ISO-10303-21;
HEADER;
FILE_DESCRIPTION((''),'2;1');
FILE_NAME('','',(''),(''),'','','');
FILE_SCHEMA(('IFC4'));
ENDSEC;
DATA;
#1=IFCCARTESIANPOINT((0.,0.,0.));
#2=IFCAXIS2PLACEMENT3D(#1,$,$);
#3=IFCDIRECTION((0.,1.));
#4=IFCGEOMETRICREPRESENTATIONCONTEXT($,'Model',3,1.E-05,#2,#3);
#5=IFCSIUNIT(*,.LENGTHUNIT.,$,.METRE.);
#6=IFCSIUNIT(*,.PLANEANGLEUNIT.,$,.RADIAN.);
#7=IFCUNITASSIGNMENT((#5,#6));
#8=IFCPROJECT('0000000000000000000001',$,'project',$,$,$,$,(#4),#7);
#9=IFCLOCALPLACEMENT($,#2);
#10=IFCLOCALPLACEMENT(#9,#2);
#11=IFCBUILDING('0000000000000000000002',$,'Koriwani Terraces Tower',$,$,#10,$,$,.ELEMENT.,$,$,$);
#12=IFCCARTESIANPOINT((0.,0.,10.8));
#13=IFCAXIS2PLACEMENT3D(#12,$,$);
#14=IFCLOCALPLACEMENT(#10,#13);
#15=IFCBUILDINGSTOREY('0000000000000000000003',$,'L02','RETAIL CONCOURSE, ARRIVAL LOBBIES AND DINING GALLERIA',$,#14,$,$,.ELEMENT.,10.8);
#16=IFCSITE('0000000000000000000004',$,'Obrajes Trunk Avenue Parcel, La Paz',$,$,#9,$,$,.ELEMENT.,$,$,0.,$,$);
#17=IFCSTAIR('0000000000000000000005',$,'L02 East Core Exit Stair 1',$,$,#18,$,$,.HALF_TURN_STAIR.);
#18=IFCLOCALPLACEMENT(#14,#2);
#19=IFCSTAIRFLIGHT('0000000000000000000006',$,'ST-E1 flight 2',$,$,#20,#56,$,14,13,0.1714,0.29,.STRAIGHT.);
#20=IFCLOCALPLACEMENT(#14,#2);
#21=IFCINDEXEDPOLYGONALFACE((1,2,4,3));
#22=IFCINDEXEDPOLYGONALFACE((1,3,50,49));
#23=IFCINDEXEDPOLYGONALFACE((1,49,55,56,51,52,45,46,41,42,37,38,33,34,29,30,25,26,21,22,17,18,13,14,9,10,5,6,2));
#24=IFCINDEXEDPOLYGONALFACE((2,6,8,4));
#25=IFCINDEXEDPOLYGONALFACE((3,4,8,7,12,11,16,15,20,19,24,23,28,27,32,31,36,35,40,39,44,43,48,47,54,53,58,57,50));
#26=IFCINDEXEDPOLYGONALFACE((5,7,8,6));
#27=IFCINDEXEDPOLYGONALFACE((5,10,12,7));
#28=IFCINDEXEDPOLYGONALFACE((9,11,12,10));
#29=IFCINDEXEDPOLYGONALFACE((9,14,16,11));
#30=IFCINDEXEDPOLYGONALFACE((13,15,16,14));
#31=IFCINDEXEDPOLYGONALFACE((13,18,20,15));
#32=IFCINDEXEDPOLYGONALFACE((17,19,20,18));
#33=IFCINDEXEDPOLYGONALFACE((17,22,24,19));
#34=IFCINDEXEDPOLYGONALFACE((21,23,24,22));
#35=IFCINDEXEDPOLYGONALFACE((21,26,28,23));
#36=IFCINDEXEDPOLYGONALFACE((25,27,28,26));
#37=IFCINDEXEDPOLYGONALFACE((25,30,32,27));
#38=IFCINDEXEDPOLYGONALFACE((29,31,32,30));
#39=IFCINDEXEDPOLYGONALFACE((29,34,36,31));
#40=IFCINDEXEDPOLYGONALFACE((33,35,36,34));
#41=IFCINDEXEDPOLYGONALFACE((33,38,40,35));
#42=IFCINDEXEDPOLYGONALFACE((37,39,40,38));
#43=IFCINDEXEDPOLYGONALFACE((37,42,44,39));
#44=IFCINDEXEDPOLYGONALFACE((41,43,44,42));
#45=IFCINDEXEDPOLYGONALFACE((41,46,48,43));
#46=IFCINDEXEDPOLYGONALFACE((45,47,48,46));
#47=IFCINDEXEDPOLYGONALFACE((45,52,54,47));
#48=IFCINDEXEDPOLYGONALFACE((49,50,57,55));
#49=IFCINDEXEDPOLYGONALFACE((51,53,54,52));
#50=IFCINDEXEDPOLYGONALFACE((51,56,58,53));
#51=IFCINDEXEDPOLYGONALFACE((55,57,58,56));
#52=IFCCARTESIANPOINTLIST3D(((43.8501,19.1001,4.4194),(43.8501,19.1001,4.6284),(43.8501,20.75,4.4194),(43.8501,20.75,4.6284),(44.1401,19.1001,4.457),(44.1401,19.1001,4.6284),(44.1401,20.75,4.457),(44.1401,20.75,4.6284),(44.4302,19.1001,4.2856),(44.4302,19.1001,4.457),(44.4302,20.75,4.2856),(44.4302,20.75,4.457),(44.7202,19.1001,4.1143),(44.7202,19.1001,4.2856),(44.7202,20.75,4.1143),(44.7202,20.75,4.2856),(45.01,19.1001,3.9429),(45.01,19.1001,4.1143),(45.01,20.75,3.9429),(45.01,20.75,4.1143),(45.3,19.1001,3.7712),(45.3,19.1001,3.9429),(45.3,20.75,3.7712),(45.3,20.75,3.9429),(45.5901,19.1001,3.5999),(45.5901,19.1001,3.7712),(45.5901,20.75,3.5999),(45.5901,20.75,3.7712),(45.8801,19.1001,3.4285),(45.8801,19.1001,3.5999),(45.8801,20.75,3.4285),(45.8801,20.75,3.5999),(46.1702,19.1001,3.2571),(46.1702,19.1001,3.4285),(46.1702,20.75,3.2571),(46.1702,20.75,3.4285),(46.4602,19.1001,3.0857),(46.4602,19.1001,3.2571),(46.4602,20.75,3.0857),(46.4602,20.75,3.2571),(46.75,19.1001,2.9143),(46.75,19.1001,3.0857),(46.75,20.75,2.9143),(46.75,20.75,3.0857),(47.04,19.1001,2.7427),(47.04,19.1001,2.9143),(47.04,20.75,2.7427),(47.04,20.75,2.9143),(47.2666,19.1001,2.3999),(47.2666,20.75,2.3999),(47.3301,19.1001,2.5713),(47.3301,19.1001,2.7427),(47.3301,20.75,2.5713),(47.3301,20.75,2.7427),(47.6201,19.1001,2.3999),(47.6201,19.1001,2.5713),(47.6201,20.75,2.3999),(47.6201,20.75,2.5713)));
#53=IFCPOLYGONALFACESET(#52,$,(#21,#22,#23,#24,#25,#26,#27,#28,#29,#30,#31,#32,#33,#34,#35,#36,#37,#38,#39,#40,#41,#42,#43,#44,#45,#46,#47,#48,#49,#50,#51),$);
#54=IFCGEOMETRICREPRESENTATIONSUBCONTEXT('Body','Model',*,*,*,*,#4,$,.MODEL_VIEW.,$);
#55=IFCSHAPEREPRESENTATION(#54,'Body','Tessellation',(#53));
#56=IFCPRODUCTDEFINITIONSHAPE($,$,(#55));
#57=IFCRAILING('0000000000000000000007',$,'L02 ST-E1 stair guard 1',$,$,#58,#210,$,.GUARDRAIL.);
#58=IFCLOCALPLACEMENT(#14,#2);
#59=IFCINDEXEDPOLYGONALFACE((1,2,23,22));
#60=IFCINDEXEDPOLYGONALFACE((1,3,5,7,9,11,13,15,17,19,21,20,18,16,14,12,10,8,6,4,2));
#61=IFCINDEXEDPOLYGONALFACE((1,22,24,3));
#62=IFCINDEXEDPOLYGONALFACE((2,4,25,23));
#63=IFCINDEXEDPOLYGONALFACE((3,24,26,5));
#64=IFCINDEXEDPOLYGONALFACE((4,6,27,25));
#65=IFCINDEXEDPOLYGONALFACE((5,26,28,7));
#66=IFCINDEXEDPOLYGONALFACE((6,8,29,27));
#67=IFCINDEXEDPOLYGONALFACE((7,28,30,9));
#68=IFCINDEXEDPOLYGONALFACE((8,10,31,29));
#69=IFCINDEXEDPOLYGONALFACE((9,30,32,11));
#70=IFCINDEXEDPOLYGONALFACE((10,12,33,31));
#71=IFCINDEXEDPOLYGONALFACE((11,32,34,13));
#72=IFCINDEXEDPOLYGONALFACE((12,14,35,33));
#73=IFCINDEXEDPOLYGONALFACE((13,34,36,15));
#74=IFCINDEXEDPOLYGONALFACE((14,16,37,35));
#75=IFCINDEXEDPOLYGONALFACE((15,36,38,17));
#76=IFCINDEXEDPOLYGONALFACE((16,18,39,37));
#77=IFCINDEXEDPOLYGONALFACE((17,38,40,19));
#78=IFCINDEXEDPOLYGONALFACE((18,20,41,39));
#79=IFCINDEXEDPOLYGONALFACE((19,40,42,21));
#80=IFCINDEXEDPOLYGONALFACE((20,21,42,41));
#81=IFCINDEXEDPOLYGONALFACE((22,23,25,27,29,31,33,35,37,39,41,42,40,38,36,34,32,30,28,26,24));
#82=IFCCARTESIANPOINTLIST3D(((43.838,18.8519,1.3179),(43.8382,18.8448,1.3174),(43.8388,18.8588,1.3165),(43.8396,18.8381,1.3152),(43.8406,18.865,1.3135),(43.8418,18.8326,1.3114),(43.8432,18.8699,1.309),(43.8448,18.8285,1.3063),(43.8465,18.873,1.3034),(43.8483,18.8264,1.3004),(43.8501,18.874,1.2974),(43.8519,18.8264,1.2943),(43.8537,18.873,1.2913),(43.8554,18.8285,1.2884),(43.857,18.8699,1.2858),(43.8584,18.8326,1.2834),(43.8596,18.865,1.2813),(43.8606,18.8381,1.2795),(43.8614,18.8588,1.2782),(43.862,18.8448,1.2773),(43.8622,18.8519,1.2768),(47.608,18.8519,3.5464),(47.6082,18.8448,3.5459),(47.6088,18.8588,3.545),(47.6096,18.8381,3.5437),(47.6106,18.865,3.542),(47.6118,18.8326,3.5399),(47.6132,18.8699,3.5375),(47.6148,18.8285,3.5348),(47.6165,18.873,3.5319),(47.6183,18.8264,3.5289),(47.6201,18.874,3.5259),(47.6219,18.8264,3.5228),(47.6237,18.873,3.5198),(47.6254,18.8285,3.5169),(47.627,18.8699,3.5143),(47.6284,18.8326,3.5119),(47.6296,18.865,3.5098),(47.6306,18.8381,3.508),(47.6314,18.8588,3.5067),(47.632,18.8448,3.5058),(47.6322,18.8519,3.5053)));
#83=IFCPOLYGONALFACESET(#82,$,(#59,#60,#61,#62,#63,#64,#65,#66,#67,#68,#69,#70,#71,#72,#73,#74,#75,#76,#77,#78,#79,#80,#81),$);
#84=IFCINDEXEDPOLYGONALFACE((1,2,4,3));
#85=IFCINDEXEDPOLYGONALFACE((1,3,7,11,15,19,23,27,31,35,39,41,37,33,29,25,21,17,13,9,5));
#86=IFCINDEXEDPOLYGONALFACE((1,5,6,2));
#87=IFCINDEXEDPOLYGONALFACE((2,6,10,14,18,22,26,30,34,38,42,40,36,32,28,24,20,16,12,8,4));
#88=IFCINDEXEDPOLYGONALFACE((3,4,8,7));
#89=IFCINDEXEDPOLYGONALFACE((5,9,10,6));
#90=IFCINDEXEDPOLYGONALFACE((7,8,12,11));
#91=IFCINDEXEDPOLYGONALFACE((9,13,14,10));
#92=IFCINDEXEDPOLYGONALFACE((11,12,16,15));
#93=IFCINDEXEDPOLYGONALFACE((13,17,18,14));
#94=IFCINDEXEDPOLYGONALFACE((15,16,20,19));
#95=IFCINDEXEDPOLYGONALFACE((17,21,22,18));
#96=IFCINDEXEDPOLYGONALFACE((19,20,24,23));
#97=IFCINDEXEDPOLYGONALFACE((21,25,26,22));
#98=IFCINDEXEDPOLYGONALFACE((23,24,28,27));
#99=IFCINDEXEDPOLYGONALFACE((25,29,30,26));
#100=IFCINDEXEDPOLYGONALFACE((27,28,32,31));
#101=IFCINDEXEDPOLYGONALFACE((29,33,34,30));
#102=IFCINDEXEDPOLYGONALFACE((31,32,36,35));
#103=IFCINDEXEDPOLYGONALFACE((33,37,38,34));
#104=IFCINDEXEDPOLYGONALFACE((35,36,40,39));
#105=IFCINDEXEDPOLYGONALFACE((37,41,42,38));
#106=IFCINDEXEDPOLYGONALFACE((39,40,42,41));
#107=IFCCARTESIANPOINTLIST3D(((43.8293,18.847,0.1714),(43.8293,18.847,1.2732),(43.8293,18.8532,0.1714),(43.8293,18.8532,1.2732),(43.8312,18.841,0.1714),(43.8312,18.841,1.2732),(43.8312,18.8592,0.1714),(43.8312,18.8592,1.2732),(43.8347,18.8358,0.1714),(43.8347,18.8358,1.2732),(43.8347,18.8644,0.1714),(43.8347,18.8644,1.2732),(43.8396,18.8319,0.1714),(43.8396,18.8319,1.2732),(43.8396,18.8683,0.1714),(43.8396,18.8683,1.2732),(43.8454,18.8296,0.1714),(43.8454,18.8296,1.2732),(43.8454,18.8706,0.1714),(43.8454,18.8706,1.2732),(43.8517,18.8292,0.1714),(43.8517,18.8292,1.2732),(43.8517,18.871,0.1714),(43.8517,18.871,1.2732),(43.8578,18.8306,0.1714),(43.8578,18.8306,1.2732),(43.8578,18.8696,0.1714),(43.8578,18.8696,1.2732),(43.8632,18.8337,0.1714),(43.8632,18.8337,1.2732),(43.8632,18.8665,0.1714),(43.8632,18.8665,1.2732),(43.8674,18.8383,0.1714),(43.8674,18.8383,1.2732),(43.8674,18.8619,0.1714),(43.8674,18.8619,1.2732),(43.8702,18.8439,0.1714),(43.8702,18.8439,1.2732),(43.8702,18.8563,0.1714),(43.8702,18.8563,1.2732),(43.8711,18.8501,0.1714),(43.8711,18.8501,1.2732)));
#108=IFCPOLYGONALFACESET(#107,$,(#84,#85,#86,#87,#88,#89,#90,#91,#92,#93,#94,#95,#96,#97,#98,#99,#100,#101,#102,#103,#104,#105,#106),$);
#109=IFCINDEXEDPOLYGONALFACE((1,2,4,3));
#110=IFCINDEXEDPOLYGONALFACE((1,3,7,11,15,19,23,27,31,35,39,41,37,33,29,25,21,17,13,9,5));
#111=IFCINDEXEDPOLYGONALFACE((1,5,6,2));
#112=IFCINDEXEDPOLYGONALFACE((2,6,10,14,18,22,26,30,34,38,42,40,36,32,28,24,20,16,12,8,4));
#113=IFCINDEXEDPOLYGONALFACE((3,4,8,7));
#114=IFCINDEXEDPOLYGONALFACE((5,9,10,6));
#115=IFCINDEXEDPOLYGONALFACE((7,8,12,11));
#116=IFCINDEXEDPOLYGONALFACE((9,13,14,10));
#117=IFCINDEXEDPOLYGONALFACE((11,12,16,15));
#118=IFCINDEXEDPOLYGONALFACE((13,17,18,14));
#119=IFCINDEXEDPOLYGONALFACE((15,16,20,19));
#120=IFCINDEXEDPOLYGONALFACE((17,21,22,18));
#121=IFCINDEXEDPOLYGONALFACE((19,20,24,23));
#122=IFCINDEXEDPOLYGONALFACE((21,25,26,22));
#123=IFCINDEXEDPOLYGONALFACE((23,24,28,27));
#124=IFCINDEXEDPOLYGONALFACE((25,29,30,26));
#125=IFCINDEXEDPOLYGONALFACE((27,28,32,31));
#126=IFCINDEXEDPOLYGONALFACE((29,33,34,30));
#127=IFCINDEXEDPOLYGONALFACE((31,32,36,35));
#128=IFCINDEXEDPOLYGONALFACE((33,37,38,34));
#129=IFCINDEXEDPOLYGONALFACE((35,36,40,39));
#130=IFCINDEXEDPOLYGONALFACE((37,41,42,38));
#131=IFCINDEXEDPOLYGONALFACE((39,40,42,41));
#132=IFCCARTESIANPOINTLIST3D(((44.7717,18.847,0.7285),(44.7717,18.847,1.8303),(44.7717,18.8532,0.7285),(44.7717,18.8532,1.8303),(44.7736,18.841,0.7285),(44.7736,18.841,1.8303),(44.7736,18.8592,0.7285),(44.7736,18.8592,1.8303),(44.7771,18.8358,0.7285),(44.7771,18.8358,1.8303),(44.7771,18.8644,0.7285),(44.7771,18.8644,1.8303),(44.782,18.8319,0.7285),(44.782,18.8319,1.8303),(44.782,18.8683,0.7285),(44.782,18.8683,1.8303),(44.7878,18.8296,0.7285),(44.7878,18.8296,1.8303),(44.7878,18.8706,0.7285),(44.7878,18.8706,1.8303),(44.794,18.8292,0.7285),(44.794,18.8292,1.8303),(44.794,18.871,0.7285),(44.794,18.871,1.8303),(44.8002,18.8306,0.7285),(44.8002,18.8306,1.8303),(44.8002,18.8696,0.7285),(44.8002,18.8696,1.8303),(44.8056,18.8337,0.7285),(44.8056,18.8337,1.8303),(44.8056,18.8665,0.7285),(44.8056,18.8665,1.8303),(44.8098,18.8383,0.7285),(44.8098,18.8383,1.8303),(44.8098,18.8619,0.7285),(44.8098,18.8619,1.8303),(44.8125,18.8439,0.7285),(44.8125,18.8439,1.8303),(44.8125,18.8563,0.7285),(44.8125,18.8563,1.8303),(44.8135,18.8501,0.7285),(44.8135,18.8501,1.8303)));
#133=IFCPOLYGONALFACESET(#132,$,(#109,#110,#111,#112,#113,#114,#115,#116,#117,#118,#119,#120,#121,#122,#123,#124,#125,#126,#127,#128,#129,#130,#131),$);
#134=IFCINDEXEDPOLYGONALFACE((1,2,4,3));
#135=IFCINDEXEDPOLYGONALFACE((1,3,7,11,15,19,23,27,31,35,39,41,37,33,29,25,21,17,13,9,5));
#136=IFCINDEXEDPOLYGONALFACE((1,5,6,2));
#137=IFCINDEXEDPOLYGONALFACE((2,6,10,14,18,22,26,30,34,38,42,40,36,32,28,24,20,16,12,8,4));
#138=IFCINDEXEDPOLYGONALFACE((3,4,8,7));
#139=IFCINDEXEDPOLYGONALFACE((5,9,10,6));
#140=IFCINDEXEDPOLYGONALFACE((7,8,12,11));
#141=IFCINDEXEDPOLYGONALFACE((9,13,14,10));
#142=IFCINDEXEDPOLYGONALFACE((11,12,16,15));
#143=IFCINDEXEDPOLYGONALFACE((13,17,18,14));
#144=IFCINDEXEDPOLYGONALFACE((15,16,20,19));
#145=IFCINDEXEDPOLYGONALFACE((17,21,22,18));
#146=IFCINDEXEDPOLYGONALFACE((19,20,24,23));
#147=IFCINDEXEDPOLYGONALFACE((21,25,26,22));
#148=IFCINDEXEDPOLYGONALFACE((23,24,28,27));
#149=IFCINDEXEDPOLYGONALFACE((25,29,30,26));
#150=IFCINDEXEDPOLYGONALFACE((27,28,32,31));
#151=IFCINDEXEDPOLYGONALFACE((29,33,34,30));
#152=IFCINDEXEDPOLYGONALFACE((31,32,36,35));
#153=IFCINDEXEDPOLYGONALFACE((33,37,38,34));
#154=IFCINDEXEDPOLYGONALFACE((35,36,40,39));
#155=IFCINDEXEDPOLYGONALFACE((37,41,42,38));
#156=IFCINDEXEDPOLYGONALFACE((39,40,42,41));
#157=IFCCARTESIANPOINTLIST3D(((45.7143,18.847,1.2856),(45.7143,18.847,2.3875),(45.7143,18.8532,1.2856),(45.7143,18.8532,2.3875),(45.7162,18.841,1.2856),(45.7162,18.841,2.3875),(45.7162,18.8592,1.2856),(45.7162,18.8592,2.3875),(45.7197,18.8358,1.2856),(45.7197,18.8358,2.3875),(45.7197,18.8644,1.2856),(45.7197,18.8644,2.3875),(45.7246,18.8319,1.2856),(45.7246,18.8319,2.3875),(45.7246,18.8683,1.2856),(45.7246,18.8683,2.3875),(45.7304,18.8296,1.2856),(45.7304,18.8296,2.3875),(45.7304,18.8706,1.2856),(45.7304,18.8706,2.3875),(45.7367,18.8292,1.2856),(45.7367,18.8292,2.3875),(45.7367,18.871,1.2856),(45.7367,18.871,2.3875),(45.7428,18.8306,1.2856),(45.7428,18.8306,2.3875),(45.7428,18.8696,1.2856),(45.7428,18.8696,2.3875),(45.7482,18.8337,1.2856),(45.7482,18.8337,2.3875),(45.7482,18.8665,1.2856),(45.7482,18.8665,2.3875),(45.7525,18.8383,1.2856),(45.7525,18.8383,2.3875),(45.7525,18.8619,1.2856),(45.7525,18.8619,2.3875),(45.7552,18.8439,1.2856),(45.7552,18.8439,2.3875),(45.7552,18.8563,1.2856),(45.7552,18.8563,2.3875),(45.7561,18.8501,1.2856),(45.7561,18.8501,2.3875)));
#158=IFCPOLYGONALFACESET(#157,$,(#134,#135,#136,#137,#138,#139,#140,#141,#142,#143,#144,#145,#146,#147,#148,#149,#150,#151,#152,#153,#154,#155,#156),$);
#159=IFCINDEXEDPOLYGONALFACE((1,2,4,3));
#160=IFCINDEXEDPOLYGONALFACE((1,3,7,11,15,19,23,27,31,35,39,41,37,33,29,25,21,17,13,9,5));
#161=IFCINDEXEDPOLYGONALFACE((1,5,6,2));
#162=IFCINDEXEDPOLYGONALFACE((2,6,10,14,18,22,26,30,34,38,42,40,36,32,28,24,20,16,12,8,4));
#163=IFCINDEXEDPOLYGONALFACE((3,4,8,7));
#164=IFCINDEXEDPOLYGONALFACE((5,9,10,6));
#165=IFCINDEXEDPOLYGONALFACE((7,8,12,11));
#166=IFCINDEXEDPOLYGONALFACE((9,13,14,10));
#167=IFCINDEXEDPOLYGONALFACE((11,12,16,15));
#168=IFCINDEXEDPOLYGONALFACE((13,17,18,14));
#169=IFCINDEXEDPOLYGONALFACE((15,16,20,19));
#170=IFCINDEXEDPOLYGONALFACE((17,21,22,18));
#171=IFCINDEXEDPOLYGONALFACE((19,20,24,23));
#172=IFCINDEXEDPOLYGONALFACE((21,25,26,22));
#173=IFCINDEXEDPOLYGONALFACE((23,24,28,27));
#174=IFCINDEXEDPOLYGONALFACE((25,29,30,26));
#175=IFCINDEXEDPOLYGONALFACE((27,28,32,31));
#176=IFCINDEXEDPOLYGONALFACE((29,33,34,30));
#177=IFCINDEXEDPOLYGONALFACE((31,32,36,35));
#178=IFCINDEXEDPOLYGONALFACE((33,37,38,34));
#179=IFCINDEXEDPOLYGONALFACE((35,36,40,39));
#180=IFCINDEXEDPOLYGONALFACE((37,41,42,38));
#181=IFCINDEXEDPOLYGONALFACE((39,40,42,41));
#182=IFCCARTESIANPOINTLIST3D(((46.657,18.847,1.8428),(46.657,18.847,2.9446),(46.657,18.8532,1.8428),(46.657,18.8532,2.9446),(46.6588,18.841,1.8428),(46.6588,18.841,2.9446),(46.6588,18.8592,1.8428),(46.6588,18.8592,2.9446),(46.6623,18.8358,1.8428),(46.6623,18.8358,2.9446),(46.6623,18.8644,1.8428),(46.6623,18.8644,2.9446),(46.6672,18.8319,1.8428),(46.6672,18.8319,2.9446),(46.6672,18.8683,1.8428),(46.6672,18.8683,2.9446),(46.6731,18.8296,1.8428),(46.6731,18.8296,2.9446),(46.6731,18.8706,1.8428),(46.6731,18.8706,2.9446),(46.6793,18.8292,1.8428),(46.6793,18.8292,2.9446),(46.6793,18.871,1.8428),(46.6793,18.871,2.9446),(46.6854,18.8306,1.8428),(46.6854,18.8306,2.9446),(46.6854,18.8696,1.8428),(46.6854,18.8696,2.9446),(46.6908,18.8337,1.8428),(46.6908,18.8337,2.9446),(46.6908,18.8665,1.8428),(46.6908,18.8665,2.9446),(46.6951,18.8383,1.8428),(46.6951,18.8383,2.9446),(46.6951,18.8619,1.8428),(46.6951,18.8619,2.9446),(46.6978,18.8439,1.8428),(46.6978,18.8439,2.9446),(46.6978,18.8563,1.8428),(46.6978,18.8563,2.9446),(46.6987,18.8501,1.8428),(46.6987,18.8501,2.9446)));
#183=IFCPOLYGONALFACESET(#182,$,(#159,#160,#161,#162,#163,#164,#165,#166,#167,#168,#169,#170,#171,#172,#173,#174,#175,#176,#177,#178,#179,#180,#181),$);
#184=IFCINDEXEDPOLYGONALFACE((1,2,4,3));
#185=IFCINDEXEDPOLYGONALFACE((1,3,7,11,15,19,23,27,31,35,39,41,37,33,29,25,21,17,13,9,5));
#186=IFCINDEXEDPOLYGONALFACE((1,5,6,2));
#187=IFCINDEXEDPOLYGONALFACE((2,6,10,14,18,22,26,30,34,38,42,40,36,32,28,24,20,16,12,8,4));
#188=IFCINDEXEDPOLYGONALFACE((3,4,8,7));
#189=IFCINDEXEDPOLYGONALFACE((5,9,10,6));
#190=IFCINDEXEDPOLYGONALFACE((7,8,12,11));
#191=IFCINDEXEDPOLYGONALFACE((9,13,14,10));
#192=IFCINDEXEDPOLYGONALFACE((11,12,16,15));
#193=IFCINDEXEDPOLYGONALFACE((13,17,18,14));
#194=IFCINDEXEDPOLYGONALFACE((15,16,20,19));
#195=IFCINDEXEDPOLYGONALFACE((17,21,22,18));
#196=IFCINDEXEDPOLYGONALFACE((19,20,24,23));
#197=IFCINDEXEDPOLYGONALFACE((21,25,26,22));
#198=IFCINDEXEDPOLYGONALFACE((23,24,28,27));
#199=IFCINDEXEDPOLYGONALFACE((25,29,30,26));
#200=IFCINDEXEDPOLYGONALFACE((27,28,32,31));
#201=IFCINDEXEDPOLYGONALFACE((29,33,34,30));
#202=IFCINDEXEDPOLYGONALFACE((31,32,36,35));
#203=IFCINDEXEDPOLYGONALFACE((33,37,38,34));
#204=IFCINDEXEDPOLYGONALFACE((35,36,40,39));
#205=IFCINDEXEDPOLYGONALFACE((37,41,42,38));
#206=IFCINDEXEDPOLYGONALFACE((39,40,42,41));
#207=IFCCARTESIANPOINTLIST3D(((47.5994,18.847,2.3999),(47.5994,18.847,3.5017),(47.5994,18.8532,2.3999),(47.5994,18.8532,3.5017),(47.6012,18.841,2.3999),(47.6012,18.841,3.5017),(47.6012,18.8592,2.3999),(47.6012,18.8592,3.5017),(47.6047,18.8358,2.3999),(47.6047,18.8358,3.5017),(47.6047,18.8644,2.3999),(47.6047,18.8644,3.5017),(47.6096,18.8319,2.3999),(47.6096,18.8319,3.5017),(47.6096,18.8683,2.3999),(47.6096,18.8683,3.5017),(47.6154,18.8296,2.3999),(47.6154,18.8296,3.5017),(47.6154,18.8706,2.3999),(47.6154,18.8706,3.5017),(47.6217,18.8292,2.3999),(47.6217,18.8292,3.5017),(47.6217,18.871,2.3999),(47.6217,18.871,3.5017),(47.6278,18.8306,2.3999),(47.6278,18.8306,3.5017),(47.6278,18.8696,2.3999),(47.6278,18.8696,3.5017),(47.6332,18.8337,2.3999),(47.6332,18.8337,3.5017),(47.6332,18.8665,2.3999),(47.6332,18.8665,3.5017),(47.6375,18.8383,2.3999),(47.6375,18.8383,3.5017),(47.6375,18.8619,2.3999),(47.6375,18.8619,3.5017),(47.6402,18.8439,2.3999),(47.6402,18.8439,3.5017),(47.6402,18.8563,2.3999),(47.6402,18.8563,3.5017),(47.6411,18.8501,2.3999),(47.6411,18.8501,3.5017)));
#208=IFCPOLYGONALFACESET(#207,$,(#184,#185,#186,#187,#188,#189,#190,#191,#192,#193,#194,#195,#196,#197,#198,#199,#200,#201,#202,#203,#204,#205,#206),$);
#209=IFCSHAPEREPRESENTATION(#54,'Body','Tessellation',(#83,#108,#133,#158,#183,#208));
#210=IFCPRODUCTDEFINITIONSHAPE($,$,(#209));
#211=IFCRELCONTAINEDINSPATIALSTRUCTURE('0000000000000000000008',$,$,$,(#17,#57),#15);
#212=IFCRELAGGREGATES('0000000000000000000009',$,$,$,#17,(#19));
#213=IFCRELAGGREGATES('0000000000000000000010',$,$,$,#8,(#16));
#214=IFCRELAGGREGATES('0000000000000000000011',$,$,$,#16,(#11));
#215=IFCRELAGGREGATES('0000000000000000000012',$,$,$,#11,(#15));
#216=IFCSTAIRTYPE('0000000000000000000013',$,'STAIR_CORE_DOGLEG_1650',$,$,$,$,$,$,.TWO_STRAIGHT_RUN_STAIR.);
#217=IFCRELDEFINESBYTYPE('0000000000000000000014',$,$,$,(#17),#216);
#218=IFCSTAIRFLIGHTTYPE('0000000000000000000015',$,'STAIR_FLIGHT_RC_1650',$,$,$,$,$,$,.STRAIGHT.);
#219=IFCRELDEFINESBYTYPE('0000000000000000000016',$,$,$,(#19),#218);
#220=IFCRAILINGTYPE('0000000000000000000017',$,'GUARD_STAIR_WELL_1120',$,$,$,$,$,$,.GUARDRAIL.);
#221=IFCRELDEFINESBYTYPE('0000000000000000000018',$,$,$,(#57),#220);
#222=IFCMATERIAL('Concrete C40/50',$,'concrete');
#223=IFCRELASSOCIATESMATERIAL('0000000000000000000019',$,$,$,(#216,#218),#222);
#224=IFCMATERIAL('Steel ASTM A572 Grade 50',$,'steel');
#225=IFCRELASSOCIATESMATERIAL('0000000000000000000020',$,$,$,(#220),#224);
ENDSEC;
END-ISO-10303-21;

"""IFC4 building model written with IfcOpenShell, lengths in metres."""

from ifc_helpers import new_model, si_unit, direction, frame, origin, origin_2d, place, context, subcontext, project, spatial, polyline, circle, outline, extrude, material, type_object, element, aggregate, save


model = new_model("IFC4")

# Units and contexts
model_context = context("Model", 3, precision=1e-05, world=origin(), true_north=direction((0.0, 1.0)))
body_context = subcontext(model_context, "Body", "Model", "MODEL_VIEW")
ifc_project = project(units=[si_unit("LENGTHUNIT", "METRE"), si_unit("PLANEANGLEUNIT", "RADIAN")], contexts=[model_context])

# Site, building, storey
site_placement = place(None, origin())
site = spatial("IfcSite", under=ifc_project, at=site_placement, Name="Obrajes Trunk Avenue Parcel, La Paz", CompositionType="ELEMENT", RefElevation=0.0)
building_placement = place(site_placement, origin())
building = spatial("IfcBuilding", under=site, at=building_placement, Name="Koriwani Terraces Tower", CompositionType="ELEMENT")
storey_placement = place(building_placement, frame((0.0, 0.0, 10.8)))
storey = spatial("IfcBuildingStorey", under=building, at=storey_placement, Name="L02", Description="RETAIL CONCOURSE, ARRIVAL LOBBIES AND DINING GALLERIA", CompositionType="ELEMENT", Elevation=10.8)

# Shared definitions
ifc_material_1 = material(Name="Concrete C40/50", Category="concrete")
ifc_material_2 = material(Name="Steel ASTM A572 Grade 50", Category="steel")

# Stair, stair flight
stair_type = type_object("IfcStairType", Name="STAIR_CORE_DOGLEG_1650", PredefinedType="TWO_STRAIGHT_RUN_STAIR", material=ifc_material_1)
stair_placement = place(storey_placement, origin())
stair = element("IfcStair", 1, at=stair_placement, inside=storey, type_object=stair_type, Name="L02 East Core Exit Stair 1", PredefinedType="HALF_TURN_STAIR")
stair_flight_type = type_object("IfcStairFlightType", Name="STAIR_FLIGHT_RC_1650", PredefinedType="STRAIGHT", material=ifc_material_1)
stair_flight_1_placement = place(storey_placement, frame((47.6201, 19.925, 2.3999), z_axis=(0.0, 0.0, 1.0), x_axis=(-1.0, 0.0, 0.0)))
stair_flight_1 = element("IfcStairFlight", 2, at=stair_flight_1_placement, type_object=stair_flight_type, Name="ST-E1 flight 2", NumberOfRisers=14, NumberOfTreads=13, PredefinedType="STRAIGHT", RiserHeight=0.1714, TreadLength=0.29, context=body_context, shape_type="SweptSolid", body=[
    extrude(outline(polyline([(0.0, 0.0), (0.0, 0.1714), (0.29, 0.1714), (0.29, 0.3428), (0.5801, 0.3428), (0.5801, 0.5144), (0.8701, 0.5144), (0.8701, 0.6858), (1.1599, 0.6858), (1.1599, 0.8572), (1.45, 0.8572), (1.45, 1.0286), (1.74, 1.0286), (1.74, 1.2), (2.03, 1.2), (2.03, 1.3713), (2.3201, 1.3713), (2.3201, 1.543), (2.6101, 1.543), (2.6101, 1.7144), (2.8999, 1.7144), (2.8999, 1.8857), (3.1899, 1.8857), (3.1899, 2.0571), (3.48, 2.0571), (3.48, 2.2285), (3.77, 2.2285), (3.77, 2.3999), (3.77, 2.0195), (0.3535, 0.0), (0.0, 0.0)])), frame((0.0, 0.825, 0.0), z_axis=(0.0, -1.0, 0.0), x_axis=(1.0, 0.0, 0.0)), (0.0, 0.0, 1.0), 1.6499),
])
aggregate(stair, [stair_flight_1])

# Railing
railing_type_1 = type_object("IfcRailingType", Name="GUARD_STAIR_WELL_1120", PredefinedType="GUARDRAIL", material=ifc_material_2)
railing_1_placement = place(storey_placement, frame((43.8501, 18.8501, 0.1714)))
element("IfcRailing", 3, at=railing_1_placement, inside=storey, type_object=railing_type_1, Name="L02 ST-E1 stair guard 1", PredefinedType="GUARDRAIL", context=body_context, shape_type="SweptSolid", body=[
    extrude(circle(Radius=0.0239, at=origin_2d()), frame((0.0, 0.0, 1.126), z_axis=(0.860849, 0.0, 0.508861), x_axis=(0.0, 1.0, 0.0)), (0.0, 0.0, 1.0), 4.3794),
    extrude(circle(Radius=0.021, at=origin_2d()), origin(), (0.0, 0.0, 1.0), 1.1018),
    extrude(circle(Radius=0.021, at=origin_2d()), frame((0.9424, 0.0, 0.5571)), (0.0, 0.0, 1.0), 1.1018),
    extrude(circle(Radius=0.021, at=origin_2d()), frame((1.885, 0.0, 1.1143)), (0.0, 0.0, 1.0), 1.1018),
    extrude(circle(Radius=0.021, at=origin_2d()), frame((2.8276, 0.0, 1.6714)), (0.0, 0.0, 1.0), 1.1018),
    extrude(circle(Radius=0.021, at=origin_2d()), frame((3.77, 0.0, 2.2285)), (0.0, 0.0, 1.0), 1.1018),
])

save(model, "model.ifc")
